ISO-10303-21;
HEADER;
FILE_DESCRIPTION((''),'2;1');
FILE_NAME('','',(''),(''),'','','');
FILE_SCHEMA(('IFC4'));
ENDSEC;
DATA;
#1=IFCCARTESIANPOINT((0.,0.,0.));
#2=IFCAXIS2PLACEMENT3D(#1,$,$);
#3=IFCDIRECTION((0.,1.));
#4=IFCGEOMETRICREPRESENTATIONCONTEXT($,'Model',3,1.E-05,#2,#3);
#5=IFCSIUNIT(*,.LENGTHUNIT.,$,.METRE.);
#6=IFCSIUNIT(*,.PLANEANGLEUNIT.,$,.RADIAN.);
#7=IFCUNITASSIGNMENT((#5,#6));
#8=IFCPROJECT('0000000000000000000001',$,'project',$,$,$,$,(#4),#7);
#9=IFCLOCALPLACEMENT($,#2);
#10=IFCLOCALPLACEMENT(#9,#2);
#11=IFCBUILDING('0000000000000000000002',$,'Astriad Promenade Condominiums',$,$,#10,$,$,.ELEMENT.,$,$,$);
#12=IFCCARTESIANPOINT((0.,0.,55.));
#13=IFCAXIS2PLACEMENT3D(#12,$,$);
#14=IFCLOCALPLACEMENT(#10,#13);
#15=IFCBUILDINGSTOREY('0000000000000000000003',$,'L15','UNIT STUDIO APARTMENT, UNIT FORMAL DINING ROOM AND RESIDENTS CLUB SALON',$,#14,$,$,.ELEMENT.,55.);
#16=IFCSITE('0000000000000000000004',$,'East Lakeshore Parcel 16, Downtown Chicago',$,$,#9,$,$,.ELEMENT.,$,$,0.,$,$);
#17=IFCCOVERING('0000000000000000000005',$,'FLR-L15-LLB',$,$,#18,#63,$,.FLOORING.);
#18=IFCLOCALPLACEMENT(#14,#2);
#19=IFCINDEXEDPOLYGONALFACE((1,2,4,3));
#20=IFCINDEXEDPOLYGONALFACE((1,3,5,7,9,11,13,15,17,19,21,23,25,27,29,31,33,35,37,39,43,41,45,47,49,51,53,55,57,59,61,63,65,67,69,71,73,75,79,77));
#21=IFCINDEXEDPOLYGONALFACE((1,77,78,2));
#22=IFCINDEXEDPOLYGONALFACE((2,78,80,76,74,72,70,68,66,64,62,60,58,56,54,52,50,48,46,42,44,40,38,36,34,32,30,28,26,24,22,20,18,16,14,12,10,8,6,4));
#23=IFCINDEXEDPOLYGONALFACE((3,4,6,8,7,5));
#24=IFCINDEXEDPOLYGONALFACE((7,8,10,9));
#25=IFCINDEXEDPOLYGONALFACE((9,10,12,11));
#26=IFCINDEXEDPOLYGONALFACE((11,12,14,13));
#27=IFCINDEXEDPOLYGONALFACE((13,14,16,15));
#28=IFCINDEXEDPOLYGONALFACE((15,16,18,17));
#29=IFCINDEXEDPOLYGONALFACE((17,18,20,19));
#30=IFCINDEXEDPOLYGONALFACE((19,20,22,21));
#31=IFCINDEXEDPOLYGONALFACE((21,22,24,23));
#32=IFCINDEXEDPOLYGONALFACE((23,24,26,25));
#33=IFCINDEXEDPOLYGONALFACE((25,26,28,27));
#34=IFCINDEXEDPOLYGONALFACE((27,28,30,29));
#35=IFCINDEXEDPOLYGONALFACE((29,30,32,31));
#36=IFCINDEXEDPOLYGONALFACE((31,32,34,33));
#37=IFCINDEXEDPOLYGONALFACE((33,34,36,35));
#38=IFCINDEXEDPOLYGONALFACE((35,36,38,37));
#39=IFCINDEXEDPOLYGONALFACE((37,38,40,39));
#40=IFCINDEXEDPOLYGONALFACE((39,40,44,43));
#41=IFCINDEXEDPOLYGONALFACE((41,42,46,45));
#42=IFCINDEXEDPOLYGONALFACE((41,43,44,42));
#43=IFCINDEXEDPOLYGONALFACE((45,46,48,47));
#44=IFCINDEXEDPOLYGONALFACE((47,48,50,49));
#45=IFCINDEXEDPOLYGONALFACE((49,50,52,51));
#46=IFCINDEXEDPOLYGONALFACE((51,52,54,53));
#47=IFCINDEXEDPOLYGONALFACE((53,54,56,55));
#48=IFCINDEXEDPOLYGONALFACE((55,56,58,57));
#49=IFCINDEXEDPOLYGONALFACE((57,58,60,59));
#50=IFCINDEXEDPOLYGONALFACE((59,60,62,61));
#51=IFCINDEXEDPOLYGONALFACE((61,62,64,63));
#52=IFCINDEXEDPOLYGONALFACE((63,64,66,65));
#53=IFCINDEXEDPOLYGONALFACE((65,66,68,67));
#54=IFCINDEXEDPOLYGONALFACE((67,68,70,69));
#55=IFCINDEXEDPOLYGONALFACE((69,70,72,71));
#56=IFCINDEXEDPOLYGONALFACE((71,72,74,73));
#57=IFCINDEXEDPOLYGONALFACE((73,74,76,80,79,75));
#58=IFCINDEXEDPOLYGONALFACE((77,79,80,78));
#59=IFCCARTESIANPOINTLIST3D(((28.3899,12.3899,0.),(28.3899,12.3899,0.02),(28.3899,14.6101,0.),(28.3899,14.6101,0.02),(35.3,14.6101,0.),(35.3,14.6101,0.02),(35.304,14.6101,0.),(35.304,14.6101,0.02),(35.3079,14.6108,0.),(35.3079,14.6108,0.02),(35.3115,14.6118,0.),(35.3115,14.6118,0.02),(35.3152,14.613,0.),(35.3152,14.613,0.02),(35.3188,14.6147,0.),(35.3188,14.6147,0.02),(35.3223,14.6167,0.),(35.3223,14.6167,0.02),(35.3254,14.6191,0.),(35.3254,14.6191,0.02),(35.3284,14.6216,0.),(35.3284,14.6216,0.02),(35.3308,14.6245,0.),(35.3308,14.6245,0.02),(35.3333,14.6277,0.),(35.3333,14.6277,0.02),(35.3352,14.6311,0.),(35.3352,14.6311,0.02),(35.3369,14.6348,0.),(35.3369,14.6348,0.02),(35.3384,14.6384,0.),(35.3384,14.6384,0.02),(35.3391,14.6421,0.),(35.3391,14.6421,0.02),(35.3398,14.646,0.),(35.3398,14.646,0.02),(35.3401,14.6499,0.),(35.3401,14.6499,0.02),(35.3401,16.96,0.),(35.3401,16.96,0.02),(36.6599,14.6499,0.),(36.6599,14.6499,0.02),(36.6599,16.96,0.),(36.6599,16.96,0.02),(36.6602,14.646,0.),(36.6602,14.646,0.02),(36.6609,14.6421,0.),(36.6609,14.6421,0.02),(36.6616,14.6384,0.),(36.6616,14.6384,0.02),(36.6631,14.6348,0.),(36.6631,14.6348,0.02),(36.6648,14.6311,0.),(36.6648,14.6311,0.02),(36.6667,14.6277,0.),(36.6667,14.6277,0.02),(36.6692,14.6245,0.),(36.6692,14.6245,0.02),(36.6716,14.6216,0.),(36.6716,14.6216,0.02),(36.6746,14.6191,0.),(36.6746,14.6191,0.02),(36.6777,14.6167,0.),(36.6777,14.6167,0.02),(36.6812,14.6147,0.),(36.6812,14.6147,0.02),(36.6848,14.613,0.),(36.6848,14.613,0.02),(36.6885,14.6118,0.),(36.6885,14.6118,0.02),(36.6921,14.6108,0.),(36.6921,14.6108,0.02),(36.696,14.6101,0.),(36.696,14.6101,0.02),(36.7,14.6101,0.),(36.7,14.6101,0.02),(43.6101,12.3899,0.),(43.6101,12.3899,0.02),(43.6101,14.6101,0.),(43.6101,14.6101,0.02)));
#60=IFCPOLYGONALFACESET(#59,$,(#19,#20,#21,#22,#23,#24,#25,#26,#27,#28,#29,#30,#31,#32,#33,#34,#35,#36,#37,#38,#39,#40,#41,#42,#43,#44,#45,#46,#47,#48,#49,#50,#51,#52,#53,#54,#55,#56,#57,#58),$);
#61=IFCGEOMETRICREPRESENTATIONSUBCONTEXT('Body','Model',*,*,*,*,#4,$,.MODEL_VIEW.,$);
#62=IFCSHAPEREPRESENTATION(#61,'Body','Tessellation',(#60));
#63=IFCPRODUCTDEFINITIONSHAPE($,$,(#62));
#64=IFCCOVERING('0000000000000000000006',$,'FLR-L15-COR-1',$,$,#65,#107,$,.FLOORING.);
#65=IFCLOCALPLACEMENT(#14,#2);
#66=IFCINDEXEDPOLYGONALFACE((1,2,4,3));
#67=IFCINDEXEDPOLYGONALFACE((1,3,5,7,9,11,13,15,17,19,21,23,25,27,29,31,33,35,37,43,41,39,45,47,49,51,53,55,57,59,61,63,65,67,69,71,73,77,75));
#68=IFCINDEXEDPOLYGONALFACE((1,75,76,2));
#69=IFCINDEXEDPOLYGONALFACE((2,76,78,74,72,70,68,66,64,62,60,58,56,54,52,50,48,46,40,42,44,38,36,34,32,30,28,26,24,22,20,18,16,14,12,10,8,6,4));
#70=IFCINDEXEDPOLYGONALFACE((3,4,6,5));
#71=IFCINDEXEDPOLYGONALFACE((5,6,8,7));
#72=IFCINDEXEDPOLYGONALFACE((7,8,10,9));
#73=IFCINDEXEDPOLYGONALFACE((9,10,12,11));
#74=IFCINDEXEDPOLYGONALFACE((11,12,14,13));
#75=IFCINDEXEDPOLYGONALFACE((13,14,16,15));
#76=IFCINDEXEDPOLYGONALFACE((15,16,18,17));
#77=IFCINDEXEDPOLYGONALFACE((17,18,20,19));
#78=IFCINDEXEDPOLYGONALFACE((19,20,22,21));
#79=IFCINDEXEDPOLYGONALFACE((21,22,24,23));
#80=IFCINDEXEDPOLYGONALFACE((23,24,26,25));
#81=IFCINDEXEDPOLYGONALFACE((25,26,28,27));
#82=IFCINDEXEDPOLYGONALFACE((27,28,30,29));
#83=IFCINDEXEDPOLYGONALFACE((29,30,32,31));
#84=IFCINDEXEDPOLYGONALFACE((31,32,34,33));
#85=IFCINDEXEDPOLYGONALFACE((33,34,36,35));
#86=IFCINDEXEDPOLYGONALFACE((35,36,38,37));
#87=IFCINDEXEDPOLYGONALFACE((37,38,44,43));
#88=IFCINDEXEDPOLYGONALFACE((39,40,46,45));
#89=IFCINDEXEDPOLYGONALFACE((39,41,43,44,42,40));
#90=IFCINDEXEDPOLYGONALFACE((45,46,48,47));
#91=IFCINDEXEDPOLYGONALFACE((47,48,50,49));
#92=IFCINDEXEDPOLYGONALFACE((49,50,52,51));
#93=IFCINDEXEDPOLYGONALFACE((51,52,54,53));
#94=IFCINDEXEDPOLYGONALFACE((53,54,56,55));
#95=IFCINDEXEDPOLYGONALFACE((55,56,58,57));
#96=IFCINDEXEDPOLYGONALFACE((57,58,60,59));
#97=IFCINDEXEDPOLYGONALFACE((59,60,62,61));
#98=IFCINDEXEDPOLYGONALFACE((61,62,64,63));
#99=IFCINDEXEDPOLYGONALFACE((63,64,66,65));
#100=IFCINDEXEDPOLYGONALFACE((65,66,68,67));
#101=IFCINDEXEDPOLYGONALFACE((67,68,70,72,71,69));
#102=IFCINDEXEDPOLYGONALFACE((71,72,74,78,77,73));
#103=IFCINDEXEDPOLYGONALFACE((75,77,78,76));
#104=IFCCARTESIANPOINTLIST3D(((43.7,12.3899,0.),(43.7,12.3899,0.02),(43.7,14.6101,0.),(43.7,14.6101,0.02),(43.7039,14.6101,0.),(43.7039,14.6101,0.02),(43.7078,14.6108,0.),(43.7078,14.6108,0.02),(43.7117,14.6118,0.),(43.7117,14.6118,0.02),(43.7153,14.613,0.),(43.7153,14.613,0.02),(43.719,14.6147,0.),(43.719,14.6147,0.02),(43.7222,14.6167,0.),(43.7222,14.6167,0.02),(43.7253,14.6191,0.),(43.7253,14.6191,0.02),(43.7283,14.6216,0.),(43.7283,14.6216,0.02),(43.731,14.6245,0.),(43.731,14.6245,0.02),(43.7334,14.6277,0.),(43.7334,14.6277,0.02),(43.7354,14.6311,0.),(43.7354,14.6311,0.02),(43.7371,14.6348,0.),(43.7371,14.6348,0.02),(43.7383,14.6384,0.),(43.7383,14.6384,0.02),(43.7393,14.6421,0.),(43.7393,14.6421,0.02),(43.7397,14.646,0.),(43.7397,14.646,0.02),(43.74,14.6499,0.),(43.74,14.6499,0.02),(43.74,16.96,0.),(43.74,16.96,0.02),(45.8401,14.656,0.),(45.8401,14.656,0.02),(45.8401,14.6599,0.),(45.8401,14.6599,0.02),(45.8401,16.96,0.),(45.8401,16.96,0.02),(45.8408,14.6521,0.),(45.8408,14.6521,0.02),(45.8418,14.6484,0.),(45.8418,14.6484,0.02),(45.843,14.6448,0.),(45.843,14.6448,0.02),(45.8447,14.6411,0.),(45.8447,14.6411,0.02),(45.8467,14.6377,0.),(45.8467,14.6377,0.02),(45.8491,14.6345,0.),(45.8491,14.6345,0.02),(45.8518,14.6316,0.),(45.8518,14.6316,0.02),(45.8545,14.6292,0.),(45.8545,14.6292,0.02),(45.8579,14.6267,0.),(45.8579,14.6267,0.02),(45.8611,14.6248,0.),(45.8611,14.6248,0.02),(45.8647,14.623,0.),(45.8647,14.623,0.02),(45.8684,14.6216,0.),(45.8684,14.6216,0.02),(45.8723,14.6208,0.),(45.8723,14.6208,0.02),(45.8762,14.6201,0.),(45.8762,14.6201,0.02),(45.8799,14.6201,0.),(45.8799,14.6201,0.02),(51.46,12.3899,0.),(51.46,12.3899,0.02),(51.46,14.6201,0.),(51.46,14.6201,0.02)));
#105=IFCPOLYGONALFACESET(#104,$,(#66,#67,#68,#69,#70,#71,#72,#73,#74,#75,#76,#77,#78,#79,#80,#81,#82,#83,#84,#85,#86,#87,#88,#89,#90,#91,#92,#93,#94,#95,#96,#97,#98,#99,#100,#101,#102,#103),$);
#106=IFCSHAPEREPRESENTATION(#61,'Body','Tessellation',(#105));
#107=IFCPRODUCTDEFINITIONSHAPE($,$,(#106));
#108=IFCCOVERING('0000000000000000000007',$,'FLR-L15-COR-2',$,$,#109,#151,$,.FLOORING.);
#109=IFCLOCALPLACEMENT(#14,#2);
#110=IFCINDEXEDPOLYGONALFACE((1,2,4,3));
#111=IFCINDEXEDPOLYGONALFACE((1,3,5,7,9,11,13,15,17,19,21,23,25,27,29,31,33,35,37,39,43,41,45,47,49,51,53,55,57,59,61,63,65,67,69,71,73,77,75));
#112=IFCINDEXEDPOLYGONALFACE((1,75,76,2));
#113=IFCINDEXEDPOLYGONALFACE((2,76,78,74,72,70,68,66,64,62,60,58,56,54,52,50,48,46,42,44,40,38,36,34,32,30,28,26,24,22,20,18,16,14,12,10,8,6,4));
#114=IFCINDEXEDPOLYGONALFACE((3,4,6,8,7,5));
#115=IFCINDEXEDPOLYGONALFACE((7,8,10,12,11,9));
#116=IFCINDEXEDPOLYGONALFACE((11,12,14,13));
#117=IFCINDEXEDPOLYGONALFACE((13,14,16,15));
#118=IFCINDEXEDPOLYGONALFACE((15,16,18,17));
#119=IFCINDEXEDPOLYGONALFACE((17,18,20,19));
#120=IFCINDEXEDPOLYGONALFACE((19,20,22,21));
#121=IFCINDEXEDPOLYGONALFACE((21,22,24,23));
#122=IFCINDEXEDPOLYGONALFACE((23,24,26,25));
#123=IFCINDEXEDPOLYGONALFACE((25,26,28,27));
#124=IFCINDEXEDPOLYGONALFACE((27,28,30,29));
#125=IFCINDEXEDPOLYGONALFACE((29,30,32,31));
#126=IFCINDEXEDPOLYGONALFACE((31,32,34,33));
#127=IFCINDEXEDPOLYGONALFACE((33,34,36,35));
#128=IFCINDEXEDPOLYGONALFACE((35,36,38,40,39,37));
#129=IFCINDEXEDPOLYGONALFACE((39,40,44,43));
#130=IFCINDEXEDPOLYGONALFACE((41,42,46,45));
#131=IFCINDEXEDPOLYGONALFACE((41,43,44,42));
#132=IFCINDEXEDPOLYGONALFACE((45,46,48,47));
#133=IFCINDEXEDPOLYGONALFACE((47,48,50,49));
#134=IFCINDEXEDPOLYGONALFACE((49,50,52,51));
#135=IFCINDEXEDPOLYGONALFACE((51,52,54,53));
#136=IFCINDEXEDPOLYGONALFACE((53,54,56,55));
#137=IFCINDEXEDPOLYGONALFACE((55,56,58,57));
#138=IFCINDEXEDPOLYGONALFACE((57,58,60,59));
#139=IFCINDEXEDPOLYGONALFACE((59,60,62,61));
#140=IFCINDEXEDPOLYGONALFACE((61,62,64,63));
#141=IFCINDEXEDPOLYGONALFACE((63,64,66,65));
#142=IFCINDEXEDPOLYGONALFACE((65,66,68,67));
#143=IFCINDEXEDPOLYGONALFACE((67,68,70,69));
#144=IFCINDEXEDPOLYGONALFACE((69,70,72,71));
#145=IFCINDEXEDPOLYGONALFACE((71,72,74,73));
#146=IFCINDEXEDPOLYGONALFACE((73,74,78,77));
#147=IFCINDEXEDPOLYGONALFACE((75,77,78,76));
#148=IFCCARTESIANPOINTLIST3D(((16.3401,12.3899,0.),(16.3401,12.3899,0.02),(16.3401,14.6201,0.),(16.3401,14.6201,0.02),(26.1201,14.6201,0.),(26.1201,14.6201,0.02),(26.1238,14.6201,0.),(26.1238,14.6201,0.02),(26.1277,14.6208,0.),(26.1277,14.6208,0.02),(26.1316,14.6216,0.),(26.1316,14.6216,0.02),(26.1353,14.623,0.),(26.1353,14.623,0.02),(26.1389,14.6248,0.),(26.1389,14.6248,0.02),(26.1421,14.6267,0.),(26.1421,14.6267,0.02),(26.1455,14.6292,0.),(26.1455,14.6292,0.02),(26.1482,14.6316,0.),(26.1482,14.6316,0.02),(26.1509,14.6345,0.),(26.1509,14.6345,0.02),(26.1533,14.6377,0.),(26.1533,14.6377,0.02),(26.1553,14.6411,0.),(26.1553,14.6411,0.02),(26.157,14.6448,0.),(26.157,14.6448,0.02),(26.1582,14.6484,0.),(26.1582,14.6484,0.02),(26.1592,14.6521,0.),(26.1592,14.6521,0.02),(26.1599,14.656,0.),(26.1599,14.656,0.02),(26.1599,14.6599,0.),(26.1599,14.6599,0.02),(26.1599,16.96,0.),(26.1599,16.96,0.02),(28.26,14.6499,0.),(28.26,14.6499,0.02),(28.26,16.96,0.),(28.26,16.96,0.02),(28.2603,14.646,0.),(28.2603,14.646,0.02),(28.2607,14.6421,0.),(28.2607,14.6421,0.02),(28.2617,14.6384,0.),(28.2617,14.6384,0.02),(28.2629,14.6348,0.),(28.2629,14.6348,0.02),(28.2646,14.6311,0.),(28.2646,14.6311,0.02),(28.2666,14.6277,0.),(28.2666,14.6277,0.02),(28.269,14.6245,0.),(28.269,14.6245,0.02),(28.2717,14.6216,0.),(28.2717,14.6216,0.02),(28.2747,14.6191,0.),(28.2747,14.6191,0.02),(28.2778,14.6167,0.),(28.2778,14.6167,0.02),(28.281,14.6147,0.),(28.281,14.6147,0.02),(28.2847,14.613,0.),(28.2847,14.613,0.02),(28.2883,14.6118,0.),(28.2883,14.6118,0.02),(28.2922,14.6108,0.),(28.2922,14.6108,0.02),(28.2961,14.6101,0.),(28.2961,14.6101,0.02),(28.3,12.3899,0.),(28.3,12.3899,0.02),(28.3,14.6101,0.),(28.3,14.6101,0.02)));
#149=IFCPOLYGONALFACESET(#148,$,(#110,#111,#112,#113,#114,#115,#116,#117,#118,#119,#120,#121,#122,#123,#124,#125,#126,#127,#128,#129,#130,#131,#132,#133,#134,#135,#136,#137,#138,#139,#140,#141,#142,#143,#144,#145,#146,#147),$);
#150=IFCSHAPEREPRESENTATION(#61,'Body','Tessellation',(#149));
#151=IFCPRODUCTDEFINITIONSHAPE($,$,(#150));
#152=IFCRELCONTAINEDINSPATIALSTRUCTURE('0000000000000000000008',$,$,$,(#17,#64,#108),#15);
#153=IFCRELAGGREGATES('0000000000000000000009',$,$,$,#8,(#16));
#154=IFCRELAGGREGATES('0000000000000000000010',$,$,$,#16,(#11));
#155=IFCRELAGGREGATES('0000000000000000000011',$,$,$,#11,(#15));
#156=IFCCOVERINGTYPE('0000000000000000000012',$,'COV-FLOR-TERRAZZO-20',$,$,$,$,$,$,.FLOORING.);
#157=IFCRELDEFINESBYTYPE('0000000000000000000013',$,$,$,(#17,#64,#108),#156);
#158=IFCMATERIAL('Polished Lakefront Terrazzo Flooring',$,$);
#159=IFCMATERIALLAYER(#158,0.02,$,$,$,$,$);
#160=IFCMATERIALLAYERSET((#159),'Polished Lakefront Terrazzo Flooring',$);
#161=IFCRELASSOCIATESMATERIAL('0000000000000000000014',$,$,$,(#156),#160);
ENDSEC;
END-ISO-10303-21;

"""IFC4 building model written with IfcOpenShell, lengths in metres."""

from ifc_helpers import new_model, si_unit, direction, frame, origin, place, context, subcontext, project, spatial, polyline, outline, extrude, material, layer, layer_set, type_object, element, save


model = new_model("IFC4")

# Units and contexts
model_context = context("Model", 3, precision=1e-05, world=origin(), true_north=direction((0.0, 1.0)))
body_context = subcontext(model_context, "Body", "Model", "MODEL_VIEW")
ifc_project = project(units=[si_unit("LENGTHUNIT", "METRE"), si_unit("PLANEANGLEUNIT", "RADIAN")], contexts=[model_context])

# Site, building, storey
site_placement = place(None, origin())
site = spatial("IfcSite", under=ifc_project, at=site_placement, Name="East Lakeshore Parcel 16, Downtown Chicago", CompositionType="ELEMENT", RefElevation=0.0)
building_placement = place(site_placement, origin())
building = spatial("IfcBuilding", under=site, at=building_placement, Name="Astriad Promenade Condominiums", CompositionType="ELEMENT")
storey_placement = place(building_placement, frame((0.0, 0.0, 55.0)))
storey = spatial("IfcBuildingStorey", under=building, at=storey_placement, Name="L15", Description="UNIT STUDIO APARTMENT, UNIT FORMAL DINING ROOM AND RESIDENTS CLUB SALON", CompositionType="ELEMENT", Elevation=55.0)

# Coverings
ifc_material_1 = material(Name="Polished Lakefront Terrazzo Flooring")
ifc_layer_1 = layer(ifc_material_1, 0.02)
ifc_layer_set_1 = layer_set([ifc_layer_1], Name="Polished Lakefront Terrazzo Flooring")
covering_type = type_object("IfcCoveringType", Name="COV-FLOR-TERRAZZO-20", PredefinedType="FLOORING", material=ifc_layer_set_1)
covering_1_placement = place(storey_placement, origin())
element("IfcCovering", 1, at=covering_1_placement, inside=storey, type_object=covering_type, Name="FLR-L15-LLB", PredefinedType="FLOORING", context=body_context, shape_type="SweptSolid", body=[
    extrude(outline(polyline([(43.6101, 14.6101), (43.6101, 12.3899), (28.3899, 12.3899), (28.3899, 14.6101), (35.3, 14.6101), (35.304, 14.6101), (35.3079, 14.6108), (35.3115, 14.6118), (35.3152, 14.613), (35.3188, 14.6147), (35.3223, 14.6167), (35.3254, 14.6191), (35.3284, 14.6216), (35.3308, 14.6245), (35.3333, 14.6277), (35.3352, 14.6311), (35.3369, 14.6348), (35.3384, 14.6384), (35.3391, 14.6421), (35.3398, 14.646), (35.3401, 14.6499), (35.3401, 16.96), (36.6599, 16.96), (36.6599, 14.6499), (36.6602, 14.646), (36.6609, 14.6421), (36.6616, 14.6384), (36.6631, 14.6348), (36.6648, 14.6311), (36.6667, 14.6277), (36.6692, 14.6245), (36.6716, 14.6216), (36.6746, 14.6191), (36.6777, 14.6167), (36.6812, 14.6147), (36.6848, 14.613), (36.6885, 14.6118), (36.6921, 14.6108), (36.696, 14.6101), (36.7, 14.6101), (43.6101, 14.6101)])), origin(), (0.0, 0.0, 1.0), 0.02),
])
covering_2_placement = place(storey_placement, origin())
element("IfcCovering", 2, at=covering_2_placement, inside=storey, type_object=covering_type, Name="FLR-L15-COR-1", PredefinedType="FLOORING", context=body_context, shape_type="SweptSolid", body=[
    extrude(outline(polyline([(43.7, 12.3899), (43.7, 14.6101), (43.7039, 14.6101), (43.7078, 14.6108), (43.7117, 14.6118), (43.7153, 14.613), (43.719, 14.6147), (43.7222, 14.6167), (43.7253, 14.6191), (43.7283, 14.6216), (43.731, 14.6245), (43.7334, 14.6277), (43.7354, 14.6311), (43.7371, 14.6348), (43.7383, 14.6384), (43.7393, 14.6421), (43.7397, 14.646), (43.74, 14.6499), (43.74, 16.96), (45.8401, 16.96), (45.8401, 14.6599), (45.8401, 14.656), (45.8408, 14.6521), (45.8418, 14.6484), (45.843, 14.6448), (45.8447, 14.6411), (45.8467, 14.6377), (45.8491, 14.6345), (45.8518, 14.6316), (45.8545, 14.6292), (45.8579, 14.6267), (45.8611, 14.6248), (45.8647, 14.623), (45.8684, 14.6216), (45.8723, 14.6208), (45.8762, 14.6201), (45.8799, 14.6201), (51.46, 14.6201), (51.46, 12.3899), (43.7, 12.3899)])), origin(), (0.0, 0.0, 1.0), 0.02),
])
covering_3_placement = place(storey_placement, origin())
element("IfcCovering", 3, at=covering_3_placement, inside=storey, type_object=covering_type, Name="FLR-L15-COR-2", PredefinedType="FLOORING", context=body_context, shape_type="SweptSolid", body=[
    extrude(outline(polyline([(28.3, 12.3899), (16.3401, 12.3899), (16.3401, 14.6201), (26.1201, 14.6201), (26.1238, 14.6201), (26.1277, 14.6208), (26.1316, 14.6216), (26.1353, 14.623), (26.1389, 14.6248), (26.1421, 14.6267), (26.1455, 14.6292), (26.1482, 14.6316), (26.1509, 14.6345), (26.1533, 14.6377), (26.1553, 14.6411), (26.157, 14.6448), (26.1582, 14.6484), (26.1592, 14.6521), (26.1599, 14.656), (26.1599, 14.6599), (26.1599, 16.96), (28.26, 16.96), (28.26, 14.6499), (28.2603, 14.646), (28.2607, 14.6421), (28.2617, 14.6384), (28.2629, 14.6348), (28.2646, 14.6311), (28.2666, 14.6277), (28.269, 14.6245), (28.2717, 14.6216), (28.2747, 14.6191), (28.2778, 14.6167), (28.281, 14.6147), (28.2847, 14.613), (28.2883, 14.6118), (28.2922, 14.6108), (28.2961, 14.6101), (28.3, 14.6101), (28.3, 12.3899)])), origin(), (0.0, 0.0, 1.0), 0.02),
])

save(model, "model.ifc")
